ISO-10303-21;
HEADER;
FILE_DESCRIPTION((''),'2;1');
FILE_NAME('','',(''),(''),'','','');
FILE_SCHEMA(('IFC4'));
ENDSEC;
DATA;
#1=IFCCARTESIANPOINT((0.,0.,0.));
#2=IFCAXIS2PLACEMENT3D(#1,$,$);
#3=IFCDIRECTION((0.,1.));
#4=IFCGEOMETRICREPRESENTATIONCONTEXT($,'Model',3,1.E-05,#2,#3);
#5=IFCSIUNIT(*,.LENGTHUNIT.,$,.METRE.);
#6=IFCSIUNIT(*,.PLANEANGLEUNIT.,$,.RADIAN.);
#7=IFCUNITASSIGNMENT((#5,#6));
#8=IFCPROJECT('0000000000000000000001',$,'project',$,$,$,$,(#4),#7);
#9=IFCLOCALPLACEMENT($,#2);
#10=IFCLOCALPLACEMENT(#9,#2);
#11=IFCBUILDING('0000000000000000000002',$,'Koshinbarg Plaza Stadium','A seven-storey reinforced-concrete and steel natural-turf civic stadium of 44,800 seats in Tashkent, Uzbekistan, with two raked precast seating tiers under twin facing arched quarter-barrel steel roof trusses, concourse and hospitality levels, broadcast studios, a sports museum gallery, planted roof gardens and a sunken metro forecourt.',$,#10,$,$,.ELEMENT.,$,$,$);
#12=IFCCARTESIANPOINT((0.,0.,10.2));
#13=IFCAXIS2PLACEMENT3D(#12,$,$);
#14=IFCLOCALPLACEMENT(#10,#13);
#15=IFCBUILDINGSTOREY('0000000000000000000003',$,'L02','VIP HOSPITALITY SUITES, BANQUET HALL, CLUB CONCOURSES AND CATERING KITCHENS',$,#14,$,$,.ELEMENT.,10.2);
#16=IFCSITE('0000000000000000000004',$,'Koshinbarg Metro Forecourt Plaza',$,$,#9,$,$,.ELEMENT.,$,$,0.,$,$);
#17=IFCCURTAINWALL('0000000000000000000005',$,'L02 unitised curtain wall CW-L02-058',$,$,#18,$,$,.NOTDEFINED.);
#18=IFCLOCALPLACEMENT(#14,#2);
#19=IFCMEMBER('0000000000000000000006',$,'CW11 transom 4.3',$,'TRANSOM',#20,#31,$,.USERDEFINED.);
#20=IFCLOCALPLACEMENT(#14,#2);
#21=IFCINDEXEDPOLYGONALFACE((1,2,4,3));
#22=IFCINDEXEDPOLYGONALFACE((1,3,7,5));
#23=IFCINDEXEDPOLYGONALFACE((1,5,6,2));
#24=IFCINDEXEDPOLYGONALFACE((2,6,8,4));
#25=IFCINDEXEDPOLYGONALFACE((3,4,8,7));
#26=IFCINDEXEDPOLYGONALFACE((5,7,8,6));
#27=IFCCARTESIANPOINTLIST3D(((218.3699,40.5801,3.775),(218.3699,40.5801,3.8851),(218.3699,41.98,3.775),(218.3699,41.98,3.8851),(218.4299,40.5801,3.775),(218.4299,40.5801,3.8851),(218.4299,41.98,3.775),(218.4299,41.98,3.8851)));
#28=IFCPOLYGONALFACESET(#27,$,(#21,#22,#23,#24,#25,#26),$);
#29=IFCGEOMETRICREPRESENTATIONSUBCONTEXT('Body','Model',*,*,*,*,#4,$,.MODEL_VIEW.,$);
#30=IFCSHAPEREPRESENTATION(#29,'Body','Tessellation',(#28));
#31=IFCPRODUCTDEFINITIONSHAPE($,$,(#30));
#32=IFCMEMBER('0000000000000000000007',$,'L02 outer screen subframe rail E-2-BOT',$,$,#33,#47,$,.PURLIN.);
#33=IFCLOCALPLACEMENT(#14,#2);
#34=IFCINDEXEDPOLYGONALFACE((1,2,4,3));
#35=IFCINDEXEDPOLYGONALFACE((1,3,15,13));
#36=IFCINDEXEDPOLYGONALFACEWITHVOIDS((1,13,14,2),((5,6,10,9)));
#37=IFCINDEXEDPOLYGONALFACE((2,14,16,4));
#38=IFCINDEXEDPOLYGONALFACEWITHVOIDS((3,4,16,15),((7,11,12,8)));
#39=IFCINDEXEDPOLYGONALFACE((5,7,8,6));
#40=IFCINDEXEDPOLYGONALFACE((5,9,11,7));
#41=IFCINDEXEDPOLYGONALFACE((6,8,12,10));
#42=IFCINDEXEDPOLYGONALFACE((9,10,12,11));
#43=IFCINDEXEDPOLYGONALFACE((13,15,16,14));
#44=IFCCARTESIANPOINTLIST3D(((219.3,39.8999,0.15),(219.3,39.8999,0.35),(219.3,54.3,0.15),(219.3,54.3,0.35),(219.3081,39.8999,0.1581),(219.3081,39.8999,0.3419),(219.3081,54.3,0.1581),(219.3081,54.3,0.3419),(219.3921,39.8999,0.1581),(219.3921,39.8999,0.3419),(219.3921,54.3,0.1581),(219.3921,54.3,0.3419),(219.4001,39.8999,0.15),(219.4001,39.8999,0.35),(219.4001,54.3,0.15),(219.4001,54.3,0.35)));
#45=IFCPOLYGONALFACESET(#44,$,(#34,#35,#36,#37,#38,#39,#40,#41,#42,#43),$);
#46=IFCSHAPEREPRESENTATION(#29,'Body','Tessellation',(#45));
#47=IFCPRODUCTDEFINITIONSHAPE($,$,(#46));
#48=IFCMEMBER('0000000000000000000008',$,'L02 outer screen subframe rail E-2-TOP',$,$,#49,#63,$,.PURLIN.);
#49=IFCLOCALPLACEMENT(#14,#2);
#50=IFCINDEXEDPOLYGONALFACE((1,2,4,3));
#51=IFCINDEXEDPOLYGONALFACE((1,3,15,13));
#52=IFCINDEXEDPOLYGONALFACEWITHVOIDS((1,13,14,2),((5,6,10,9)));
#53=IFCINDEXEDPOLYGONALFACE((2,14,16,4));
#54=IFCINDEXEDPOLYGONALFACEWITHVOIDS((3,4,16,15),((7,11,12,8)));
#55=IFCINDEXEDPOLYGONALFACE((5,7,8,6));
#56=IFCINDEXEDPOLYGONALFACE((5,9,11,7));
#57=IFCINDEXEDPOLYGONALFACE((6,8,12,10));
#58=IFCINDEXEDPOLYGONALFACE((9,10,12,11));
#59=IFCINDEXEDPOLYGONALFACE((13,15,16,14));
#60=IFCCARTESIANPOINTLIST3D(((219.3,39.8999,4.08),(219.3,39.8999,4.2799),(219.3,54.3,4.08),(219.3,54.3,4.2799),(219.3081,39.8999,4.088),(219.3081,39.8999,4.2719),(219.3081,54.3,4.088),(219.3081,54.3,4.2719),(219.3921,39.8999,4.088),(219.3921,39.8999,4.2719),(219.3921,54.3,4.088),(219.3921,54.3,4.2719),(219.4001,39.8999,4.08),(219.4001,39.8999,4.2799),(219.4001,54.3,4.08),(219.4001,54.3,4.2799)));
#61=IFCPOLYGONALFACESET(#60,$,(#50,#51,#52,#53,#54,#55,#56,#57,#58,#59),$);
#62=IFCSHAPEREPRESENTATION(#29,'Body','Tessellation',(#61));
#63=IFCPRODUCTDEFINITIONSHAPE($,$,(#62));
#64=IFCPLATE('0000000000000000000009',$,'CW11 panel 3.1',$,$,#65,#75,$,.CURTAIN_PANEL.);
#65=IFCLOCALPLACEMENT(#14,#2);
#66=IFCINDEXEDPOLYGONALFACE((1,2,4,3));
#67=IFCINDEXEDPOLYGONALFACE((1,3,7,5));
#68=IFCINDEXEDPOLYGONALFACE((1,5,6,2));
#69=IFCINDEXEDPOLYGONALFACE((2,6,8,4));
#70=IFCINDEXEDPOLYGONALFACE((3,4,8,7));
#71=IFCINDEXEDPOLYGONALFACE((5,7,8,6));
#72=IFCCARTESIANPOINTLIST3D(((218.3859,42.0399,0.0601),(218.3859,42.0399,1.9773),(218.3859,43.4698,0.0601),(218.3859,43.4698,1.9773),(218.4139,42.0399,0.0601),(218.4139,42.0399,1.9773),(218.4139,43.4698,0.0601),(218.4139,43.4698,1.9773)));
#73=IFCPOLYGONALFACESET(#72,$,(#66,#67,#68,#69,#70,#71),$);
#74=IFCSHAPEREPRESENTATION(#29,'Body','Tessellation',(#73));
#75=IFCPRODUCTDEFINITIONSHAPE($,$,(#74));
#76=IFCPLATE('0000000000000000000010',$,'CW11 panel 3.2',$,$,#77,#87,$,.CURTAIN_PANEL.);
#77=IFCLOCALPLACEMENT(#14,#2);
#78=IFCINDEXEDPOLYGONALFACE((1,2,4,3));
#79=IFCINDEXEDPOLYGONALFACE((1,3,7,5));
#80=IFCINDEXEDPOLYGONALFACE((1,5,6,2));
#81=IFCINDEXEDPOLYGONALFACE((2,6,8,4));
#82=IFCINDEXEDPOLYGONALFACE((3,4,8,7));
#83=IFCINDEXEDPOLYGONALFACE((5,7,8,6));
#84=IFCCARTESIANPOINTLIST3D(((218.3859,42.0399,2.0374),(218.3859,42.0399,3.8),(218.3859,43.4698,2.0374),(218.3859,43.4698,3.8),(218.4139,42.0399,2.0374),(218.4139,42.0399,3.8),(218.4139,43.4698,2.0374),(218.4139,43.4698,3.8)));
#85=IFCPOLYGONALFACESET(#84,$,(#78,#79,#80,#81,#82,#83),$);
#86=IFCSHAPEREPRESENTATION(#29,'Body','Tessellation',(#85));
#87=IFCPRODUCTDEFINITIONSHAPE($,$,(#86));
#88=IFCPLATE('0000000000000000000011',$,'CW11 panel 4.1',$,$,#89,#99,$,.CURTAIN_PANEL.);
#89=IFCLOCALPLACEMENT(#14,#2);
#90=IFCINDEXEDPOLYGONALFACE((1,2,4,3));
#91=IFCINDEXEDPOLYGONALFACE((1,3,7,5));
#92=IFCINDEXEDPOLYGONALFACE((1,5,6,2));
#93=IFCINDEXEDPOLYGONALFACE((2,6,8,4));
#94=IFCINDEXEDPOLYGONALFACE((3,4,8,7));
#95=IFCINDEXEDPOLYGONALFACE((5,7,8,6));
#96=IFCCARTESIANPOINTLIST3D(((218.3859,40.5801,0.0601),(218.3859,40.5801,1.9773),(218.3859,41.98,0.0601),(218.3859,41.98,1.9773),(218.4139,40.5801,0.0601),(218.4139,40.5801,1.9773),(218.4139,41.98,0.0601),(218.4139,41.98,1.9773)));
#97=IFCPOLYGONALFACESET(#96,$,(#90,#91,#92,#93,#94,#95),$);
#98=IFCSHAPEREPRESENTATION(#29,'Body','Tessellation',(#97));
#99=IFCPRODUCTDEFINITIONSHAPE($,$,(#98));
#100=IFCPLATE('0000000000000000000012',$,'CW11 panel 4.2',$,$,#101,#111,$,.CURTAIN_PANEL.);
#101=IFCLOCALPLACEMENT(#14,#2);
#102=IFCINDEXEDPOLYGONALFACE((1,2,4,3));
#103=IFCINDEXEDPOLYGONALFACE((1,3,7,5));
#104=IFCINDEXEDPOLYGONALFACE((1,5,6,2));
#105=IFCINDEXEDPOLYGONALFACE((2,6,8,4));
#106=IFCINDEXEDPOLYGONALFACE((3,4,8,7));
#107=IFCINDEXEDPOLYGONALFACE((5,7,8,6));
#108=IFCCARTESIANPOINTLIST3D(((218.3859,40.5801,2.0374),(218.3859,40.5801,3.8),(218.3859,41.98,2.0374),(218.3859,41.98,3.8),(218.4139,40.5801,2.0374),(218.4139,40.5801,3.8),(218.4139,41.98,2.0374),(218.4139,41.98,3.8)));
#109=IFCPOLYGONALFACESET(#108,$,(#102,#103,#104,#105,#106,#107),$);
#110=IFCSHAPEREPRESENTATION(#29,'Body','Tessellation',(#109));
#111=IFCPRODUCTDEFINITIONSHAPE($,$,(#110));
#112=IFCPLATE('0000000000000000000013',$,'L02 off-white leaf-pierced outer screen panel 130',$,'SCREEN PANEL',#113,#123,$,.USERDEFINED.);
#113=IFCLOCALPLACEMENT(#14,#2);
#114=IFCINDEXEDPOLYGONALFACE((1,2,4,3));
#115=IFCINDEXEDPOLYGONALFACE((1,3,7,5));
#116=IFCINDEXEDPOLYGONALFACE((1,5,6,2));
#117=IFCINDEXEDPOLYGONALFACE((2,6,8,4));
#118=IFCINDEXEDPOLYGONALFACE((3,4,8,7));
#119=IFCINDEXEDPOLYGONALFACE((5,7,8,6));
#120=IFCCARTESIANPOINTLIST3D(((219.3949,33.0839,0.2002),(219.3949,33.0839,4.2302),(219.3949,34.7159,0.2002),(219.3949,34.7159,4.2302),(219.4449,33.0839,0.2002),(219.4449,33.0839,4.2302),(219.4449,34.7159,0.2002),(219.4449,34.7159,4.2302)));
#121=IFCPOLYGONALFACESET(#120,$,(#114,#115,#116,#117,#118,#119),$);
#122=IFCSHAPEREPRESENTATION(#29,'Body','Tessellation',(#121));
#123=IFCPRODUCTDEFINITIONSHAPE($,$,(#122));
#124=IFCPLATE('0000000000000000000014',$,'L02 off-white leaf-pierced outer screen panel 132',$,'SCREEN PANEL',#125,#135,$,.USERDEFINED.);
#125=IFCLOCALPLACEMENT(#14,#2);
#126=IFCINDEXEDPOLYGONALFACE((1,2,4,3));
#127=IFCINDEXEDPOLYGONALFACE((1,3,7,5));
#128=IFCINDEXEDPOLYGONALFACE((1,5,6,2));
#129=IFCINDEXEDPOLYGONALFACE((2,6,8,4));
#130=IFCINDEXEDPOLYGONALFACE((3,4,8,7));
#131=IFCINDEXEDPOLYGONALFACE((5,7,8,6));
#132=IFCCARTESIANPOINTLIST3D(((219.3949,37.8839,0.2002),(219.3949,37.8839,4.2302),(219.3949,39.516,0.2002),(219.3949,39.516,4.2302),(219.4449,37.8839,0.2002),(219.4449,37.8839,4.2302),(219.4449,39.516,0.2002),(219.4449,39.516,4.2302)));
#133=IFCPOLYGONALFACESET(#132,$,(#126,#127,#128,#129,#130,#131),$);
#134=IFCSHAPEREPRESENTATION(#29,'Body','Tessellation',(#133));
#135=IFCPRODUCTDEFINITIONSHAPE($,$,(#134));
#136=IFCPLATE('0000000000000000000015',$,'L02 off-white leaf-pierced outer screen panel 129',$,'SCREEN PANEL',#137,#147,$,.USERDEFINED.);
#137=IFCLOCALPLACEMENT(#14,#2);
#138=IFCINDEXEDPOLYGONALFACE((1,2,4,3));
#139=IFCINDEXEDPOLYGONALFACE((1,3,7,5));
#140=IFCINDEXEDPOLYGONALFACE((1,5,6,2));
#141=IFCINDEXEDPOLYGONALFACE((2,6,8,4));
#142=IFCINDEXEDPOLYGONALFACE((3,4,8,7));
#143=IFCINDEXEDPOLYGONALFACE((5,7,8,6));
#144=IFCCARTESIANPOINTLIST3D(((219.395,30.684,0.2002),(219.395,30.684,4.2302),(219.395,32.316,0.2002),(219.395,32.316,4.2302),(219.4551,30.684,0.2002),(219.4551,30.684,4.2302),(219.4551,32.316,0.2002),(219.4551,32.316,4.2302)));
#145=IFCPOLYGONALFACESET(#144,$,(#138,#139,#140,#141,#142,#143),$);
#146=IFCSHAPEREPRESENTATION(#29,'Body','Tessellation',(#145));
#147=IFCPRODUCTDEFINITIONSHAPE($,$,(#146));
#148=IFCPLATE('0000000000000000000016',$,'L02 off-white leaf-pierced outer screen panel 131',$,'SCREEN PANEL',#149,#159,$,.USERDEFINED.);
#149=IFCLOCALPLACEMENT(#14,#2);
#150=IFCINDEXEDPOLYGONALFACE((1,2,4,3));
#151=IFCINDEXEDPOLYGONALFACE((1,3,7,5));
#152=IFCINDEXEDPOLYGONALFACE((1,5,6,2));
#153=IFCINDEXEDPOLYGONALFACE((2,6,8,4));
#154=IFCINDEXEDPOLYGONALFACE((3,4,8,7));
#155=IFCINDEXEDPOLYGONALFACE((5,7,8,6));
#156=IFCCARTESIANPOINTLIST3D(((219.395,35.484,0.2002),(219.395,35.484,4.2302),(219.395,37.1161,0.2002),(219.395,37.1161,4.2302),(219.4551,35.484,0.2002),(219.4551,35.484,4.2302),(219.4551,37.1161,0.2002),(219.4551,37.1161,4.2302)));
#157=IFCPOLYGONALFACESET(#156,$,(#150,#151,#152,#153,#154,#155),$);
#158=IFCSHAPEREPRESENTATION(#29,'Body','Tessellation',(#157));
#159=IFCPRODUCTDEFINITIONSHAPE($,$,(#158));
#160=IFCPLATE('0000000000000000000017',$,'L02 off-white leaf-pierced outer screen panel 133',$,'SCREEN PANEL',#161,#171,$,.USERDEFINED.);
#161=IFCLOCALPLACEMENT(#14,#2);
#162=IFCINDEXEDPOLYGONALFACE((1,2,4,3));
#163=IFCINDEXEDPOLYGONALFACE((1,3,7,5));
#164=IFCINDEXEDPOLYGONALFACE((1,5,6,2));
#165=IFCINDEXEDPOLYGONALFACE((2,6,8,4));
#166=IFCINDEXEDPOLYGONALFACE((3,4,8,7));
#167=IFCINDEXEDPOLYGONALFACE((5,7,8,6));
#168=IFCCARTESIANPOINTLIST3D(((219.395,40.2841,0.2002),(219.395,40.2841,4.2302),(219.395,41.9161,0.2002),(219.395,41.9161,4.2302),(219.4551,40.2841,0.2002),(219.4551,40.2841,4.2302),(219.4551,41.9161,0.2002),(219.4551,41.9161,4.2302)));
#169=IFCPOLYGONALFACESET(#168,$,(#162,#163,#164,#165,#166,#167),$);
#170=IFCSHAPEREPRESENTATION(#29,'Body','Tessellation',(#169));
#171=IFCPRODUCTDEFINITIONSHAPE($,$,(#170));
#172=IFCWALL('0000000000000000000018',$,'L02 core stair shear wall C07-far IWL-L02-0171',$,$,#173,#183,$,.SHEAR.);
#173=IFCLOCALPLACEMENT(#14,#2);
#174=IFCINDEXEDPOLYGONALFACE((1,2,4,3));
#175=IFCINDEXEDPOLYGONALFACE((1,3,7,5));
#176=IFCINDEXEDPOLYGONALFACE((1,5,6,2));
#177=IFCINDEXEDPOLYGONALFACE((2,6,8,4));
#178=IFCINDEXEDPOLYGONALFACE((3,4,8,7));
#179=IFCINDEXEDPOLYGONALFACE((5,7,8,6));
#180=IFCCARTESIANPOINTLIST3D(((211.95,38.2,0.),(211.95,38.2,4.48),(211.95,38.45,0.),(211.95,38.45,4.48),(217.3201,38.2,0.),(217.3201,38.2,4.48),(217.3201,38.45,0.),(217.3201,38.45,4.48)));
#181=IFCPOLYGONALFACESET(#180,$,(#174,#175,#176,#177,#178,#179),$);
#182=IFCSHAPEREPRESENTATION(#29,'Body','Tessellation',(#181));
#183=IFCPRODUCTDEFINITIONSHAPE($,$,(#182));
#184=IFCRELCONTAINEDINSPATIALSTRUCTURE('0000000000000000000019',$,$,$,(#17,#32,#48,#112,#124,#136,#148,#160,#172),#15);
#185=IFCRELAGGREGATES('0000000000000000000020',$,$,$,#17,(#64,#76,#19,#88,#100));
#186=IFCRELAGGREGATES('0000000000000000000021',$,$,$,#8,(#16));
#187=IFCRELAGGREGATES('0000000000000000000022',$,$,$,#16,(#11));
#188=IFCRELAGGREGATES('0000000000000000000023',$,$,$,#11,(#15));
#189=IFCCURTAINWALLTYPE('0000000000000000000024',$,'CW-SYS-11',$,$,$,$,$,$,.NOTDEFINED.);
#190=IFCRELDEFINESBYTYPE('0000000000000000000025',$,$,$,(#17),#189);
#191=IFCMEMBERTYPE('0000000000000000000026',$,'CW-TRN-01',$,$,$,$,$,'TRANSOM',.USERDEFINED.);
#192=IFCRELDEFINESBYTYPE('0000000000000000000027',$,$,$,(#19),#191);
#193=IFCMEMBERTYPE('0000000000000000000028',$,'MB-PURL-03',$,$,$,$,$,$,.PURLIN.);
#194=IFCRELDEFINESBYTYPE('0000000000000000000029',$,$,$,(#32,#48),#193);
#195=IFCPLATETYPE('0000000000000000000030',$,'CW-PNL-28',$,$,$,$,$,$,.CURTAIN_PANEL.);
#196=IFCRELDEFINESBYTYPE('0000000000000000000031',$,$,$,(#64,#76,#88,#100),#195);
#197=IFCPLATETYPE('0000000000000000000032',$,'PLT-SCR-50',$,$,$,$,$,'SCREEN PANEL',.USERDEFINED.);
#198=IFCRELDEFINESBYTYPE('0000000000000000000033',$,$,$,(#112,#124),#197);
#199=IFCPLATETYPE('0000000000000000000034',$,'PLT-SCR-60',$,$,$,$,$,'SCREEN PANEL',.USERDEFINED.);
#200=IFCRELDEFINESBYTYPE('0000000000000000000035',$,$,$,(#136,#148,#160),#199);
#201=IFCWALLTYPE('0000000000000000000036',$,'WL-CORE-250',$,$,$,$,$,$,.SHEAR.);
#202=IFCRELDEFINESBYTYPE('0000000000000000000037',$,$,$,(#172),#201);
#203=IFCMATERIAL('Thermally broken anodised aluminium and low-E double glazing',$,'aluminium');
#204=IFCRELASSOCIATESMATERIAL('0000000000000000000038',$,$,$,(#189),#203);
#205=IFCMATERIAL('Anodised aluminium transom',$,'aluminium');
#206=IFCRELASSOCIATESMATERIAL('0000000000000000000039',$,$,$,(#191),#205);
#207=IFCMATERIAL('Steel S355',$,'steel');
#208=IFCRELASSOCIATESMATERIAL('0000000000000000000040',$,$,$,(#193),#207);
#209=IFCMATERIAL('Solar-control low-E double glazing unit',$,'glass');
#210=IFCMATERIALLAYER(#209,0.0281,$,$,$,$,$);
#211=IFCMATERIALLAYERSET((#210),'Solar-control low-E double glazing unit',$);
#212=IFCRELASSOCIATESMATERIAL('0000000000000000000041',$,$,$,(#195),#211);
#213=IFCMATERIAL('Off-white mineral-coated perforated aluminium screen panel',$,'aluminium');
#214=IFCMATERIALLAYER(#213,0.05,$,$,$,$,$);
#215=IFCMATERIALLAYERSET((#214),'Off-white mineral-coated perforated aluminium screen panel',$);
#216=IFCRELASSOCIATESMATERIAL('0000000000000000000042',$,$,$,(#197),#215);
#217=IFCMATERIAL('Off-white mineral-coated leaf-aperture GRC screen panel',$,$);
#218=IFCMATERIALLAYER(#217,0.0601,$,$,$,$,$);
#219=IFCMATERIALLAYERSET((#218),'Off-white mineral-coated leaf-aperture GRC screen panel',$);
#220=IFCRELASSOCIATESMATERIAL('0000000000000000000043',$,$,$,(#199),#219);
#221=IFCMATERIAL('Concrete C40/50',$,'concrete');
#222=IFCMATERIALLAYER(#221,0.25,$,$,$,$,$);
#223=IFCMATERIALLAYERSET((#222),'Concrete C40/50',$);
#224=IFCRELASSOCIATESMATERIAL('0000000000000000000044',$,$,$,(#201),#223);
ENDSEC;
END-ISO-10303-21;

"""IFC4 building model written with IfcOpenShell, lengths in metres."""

from ifc_helpers import new_model, si_unit, direction, frame, frame_2d, origin, origin_2d, place, context, subcontext, project, spatial, rectangle, hollow_rectangle, extrude, material, layer, layer_set, material_profile, profile_set, type_object, element, aggregate, save


model = new_model("IFC4")

# Units and contexts
model_context = context("Model", 3, precision=1e-05, world=origin(), true_north=direction((0.0, 1.0)))
body_context = subcontext(model_context, "Body", "Model", "MODEL_VIEW")
ifc_project = project(units=[si_unit("LENGTHUNIT", "METRE"), si_unit("PLANEANGLEUNIT", "RADIAN")], contexts=[model_context])

# Site, building, storey
site_placement = place(None, origin())
site = spatial("IfcSite", under=ifc_project, at=site_placement, Name="Koshinbarg Metro Forecourt Plaza", CompositionType="ELEMENT", RefElevation=0.0)
building_placement = place(site_placement, origin())
building = spatial("IfcBuilding", under=site, at=building_placement, Name="Koshinbarg Plaza Stadium", Description="A seven-storey reinforced-concrete and steel natural-turf civic stadium of 44,800 seats in Tashkent, Uzbekistan, with two raked precast seating tiers under twin facing arched quarter-barrel steel roof trusses, concourse and hospitality levels, broadcast studios, a sports museum gallery, planted roof gardens and a sunken metro forecourt.", CompositionType="ELEMENT")
storey_placement = place(building_placement, frame((0.0, 0.0, 10.2)))
storey = spatial("IfcBuildingStorey", under=building, at=storey_placement, Name="L02", Description="VIP HOSPITALITY SUITES, BANQUET HALL, CLUB CONCOURSES AND CATERING KITCHENS", CompositionType="ELEMENT", Elevation=10.2)

# Shared definitions
ifc_material_1 = material(Name="Concrete C40/50", Category="concrete")

# Shared definitions
ifc_material_2 = material(Name="Steel S355", Category="steel")

# Curtain wall, member
ifc_material_3 = material(Name="Thermally broken anodised aluminium and low-E double glazing", Category="aluminium")
curtain_wall_type = type_object("IfcCurtainWallType", Name="CW-SYS-11", PredefinedType="NOTDEFINED", material=ifc_material_3)
curtain_wall_placement = place(storey_placement, origin())
curtain_wall = element("IfcCurtainWall", 1, at=curtain_wall_placement, inside=storey, type_object=curtain_wall_type, Name="L02 unitised curtain wall CW-L02-058", PredefinedType="NOTDEFINED")
ifc_material_4 = material(Name="Anodised aluminium transom", Category="aluminium")
ifc_material_profile_1 = material_profile(ifc_material_4, rectangle(XDim=0.0601, YDim=0.1101, at=origin_2d()), Name="ALU 60x110")
ifc_profile_set_1 = profile_set([ifc_material_profile_1], Name="Anodised aluminium transom")
member_type_1 = type_object("IfcMemberType", Name="CW-TRN-01", ElementType="TRANSOM", PredefinedType="USERDEFINED", material=ifc_profile_set_1)
member_1_placement = place(storey_placement, frame((218.3999, 41.98, 3.8301), z_axis=(0.0, -1.0, 0.0), x_axis=(1.0, 0.0, 0.0)))
member_1 = element("IfcMember", 2, at=member_1_placement, type_object=member_type_1, Name="CW11 transom 4.3", ObjectType="TRANSOM", PredefinedType="USERDEFINED", context=body_context, shape_type="SweptSolid", body=[
    extrude(rectangle(XDim=0.0601, YDim=0.1101, at=origin_2d()), origin(), (0.0, 0.0, 1.0), 1.3999),
])

# Members
ifc_material_profile_2 = material_profile(ifc_material_2, hollow_rectangle(XDim=0.1001, YDim=0.2, WallThickness=0.0081, at=origin_2d()), Name="RHS 200x100x8")
ifc_profile_set_2 = profile_set([ifc_material_profile_2], Name="Steel S355")
member_type_2 = type_object("IfcMemberType", Name="MB-PURL-03", PredefinedType="PURLIN", material=ifc_profile_set_2)
for number, where, z_axis, x_axis, name in (
    (3, (219.3501, 39.8999, 0.25), (0.0, 1.0, 0.0), (-1.0, 0.0, 0.0), "L02 outer screen subframe rail E-2-BOT"),
    (4, (219.3501, 39.8999, 4.1799), (0.0, 1.0, 0.0), (-1.0, 0.0, 0.0), "L02 outer screen subframe rail E-2-TOP"),
):
    element("IfcMember", number, at=place(storey_placement, frame(where, z_axis=z_axis, x_axis=x_axis)), inside=storey, type_object=member_type_2, Name=name, PredefinedType="PURLIN", context=body_context, shape_type="SweptSolid", body=[
        extrude(hollow_rectangle(XDim=0.1001, YDim=0.2, WallThickness=0.0081, at=origin_2d()), origin(), (0.0, 0.0, 1.0), 14.4001),
    ])

# Plates
ifc_material_5 = material(Name="Solar-control low-E double glazing unit", Category="glass")
ifc_layer_1 = layer(ifc_material_5, 0.0281)
ifc_layer_set_1 = layer_set([ifc_layer_1], Name="Solar-control low-E double glazing unit")
plate_type_1 = type_object("IfcPlateType", Name="CW-PNL-28", PredefinedType="CURTAIN_PANEL", material=ifc_layer_set_1)
plate_1_placement = place(storey_placement, frame((218.3999, 42.7549, 0.0601), z_axis=(0.0, 0.0, 1.0), x_axis=(0.0, -1.0, 0.0)))
plate_1 = element("IfcPlate", 5, at=plate_1_placement, type_object=plate_type_1, Name="CW11 panel 3.1", PredefinedType="CURTAIN_PANEL", context=body_context, shape_type="SweptSolid", body=[
    extrude(rectangle(XDim=1.4299, YDim=0.0281, at=origin_2d()), origin(), (0.0, 0.0, 1.0), 1.9172),
])
plate_2_placement = place(storey_placement, frame((218.3999, 42.7549, 2.0374), z_axis=(0.0, 0.0, 1.0), x_axis=(0.0, -1.0, 0.0)))
plate_2 = element("IfcPlate", 6, at=plate_2_placement, type_object=plate_type_1, Name="CW11 panel 3.2", PredefinedType="CURTAIN_PANEL", context=body_context, shape_type="SweptSolid", body=[
    extrude(rectangle(XDim=1.4299, YDim=0.0281, at=origin_2d()), origin(), (0.0, 0.0, 1.0), 1.7627),
])
plate_3_placement = place(storey_placement, frame((218.3999, 41.28, 0.0601), z_axis=(0.0, 0.0, 1.0), x_axis=(0.0, -1.0, 0.0)))
plate_3 = element("IfcPlate", 7, at=plate_3_placement, type_object=plate_type_1, Name="CW11 panel 4.1", PredefinedType="CURTAIN_PANEL", context=body_context, shape_type="SweptSolid", body=[
    extrude(rectangle(XDim=1.3999, YDim=0.0281, at=origin_2d()), origin(), (0.0, 0.0, 1.0), 1.9172),
])
plate_4_placement = place(storey_placement, frame((218.3999, 41.28, 2.0374), z_axis=(0.0, 0.0, 1.0), x_axis=(0.0, -1.0, 0.0)))
plate_4 = element("IfcPlate", 8, at=plate_4_placement, type_object=plate_type_1, Name="CW11 panel 4.2", PredefinedType="CURTAIN_PANEL", context=body_context, shape_type="SweptSolid", body=[
    extrude(rectangle(XDim=1.3999, YDim=0.0281, at=origin_2d()), origin(), (0.0, 0.0, 1.0), 1.7627),
])
aggregate(curtain_wall, [plate_1, plate_2, member_1, plate_3, plate_4])

# Plates
ifc_material_6 = material(Name="Off-white mineral-coated perforated aluminium screen panel", Category="aluminium")
ifc_layer_2 = layer(ifc_material_6, 0.05)
ifc_layer_set_2 = layer_set([ifc_layer_2], Name="Off-white mineral-coated perforated aluminium screen panel")
plate_type_2 = type_object("IfcPlateType", Name="PLT-SCR-50", ElementType="SCREEN PANEL", PredefinedType="USERDEFINED", material=ifc_layer_set_2)
for number, where, z_axis, x_axis, name in (
    (9, (219.4199, 33.8999, 0.2002), (0.0, 0.0, 1.0), (1.0, 0.0, 0.0), "L02 off-white leaf-pierced outer screen panel 130"),
    (10, (219.4199, 38.7, 0.2002), (0.0, 0.0, 1.0), (1.0, 0.0, 0.0), "L02 off-white leaf-pierced outer screen panel 132"),
):
    element("IfcPlate", number, at=place(storey_placement, frame(where, z_axis=z_axis, x_axis=x_axis)), inside=storey, type_object=plate_type_2, Name=name, ObjectType="SCREEN PANEL", PredefinedType="USERDEFINED", context=body_context, shape_type="SweptSolid", body=[
        extrude(rectangle(XDim=0.05, YDim=1.6321, at=origin_2d()), origin(), (0.0, 0.0, 1.0), 4.03),
    ])
ifc_material_7 = material(Name="Off-white mineral-coated leaf-aperture GRC screen panel")
ifc_layer_3 = layer(ifc_material_7, 0.0601)
ifc_layer_set_3 = layer_set([ifc_layer_3], Name="Off-white mineral-coated leaf-aperture GRC screen panel")
plate_type_3 = type_object("IfcPlateType", Name="PLT-SCR-60", ElementType="SCREEN PANEL", PredefinedType="USERDEFINED", material=ifc_layer_set_3)
for number, where, z_axis, x_axis, name in (
    (11, (219.425, 31.5, 0.2002), (0.0, 0.0, 1.0), (1.0, 0.0, 0.0), "L02 off-white leaf-pierced outer screen panel 129"),
    (12, (219.425, 36.3, 0.2002), (0.0, 0.0, 1.0), (1.0, 0.0, 0.0), "L02 off-white leaf-pierced outer screen panel 131"),
    (13, (219.425, 41.1001, 0.2002), (0.0, 0.0, 1.0), (1.0, 0.0, 0.0), "L02 off-white leaf-pierced outer screen panel 133"),
):
    element("IfcPlate", number, at=place(storey_placement, frame(where, z_axis=z_axis, x_axis=x_axis)), inside=storey, type_object=plate_type_3, Name=name, ObjectType="SCREEN PANEL", PredefinedType="USERDEFINED", context=body_context, shape_type="SweptSolid", body=[
        extrude(rectangle(XDim=0.0601, YDim=1.6321, at=origin_2d()), origin(), (0.0, 0.0, 1.0), 4.03),
    ])

# Wall
ifc_layer_4 = layer(ifc_material_1, 0.25)
ifc_layer_set_4 = layer_set([ifc_layer_4], Name="Concrete C40/50")
wall_type_1 = type_object("IfcWallType", Name="WL-CORE-250", PredefinedType="SHEAR", material=ifc_layer_set_4)
wall_1_placement = place(storey_placement, frame((217.3201, 38.325, 0.0), z_axis=(0.0, 0.0, 1.0), x_axis=(-1.0, 0.0, 0.0)))
element("IfcWall", 14, at=wall_1_placement, inside=storey, type_object=wall_type_1, Name="L02 core stair shear wall C07-far IWL-L02-0171", PredefinedType="SHEAR", context=body_context, shape_type="SweptSolid", body=[
    extrude(rectangle(XDim=5.3701, YDim=0.25, at=frame_2d((2.6851, 0.0))), origin(), (0.0, 0.0, 1.0), 4.48),
])

save(model, "model.ifc")
